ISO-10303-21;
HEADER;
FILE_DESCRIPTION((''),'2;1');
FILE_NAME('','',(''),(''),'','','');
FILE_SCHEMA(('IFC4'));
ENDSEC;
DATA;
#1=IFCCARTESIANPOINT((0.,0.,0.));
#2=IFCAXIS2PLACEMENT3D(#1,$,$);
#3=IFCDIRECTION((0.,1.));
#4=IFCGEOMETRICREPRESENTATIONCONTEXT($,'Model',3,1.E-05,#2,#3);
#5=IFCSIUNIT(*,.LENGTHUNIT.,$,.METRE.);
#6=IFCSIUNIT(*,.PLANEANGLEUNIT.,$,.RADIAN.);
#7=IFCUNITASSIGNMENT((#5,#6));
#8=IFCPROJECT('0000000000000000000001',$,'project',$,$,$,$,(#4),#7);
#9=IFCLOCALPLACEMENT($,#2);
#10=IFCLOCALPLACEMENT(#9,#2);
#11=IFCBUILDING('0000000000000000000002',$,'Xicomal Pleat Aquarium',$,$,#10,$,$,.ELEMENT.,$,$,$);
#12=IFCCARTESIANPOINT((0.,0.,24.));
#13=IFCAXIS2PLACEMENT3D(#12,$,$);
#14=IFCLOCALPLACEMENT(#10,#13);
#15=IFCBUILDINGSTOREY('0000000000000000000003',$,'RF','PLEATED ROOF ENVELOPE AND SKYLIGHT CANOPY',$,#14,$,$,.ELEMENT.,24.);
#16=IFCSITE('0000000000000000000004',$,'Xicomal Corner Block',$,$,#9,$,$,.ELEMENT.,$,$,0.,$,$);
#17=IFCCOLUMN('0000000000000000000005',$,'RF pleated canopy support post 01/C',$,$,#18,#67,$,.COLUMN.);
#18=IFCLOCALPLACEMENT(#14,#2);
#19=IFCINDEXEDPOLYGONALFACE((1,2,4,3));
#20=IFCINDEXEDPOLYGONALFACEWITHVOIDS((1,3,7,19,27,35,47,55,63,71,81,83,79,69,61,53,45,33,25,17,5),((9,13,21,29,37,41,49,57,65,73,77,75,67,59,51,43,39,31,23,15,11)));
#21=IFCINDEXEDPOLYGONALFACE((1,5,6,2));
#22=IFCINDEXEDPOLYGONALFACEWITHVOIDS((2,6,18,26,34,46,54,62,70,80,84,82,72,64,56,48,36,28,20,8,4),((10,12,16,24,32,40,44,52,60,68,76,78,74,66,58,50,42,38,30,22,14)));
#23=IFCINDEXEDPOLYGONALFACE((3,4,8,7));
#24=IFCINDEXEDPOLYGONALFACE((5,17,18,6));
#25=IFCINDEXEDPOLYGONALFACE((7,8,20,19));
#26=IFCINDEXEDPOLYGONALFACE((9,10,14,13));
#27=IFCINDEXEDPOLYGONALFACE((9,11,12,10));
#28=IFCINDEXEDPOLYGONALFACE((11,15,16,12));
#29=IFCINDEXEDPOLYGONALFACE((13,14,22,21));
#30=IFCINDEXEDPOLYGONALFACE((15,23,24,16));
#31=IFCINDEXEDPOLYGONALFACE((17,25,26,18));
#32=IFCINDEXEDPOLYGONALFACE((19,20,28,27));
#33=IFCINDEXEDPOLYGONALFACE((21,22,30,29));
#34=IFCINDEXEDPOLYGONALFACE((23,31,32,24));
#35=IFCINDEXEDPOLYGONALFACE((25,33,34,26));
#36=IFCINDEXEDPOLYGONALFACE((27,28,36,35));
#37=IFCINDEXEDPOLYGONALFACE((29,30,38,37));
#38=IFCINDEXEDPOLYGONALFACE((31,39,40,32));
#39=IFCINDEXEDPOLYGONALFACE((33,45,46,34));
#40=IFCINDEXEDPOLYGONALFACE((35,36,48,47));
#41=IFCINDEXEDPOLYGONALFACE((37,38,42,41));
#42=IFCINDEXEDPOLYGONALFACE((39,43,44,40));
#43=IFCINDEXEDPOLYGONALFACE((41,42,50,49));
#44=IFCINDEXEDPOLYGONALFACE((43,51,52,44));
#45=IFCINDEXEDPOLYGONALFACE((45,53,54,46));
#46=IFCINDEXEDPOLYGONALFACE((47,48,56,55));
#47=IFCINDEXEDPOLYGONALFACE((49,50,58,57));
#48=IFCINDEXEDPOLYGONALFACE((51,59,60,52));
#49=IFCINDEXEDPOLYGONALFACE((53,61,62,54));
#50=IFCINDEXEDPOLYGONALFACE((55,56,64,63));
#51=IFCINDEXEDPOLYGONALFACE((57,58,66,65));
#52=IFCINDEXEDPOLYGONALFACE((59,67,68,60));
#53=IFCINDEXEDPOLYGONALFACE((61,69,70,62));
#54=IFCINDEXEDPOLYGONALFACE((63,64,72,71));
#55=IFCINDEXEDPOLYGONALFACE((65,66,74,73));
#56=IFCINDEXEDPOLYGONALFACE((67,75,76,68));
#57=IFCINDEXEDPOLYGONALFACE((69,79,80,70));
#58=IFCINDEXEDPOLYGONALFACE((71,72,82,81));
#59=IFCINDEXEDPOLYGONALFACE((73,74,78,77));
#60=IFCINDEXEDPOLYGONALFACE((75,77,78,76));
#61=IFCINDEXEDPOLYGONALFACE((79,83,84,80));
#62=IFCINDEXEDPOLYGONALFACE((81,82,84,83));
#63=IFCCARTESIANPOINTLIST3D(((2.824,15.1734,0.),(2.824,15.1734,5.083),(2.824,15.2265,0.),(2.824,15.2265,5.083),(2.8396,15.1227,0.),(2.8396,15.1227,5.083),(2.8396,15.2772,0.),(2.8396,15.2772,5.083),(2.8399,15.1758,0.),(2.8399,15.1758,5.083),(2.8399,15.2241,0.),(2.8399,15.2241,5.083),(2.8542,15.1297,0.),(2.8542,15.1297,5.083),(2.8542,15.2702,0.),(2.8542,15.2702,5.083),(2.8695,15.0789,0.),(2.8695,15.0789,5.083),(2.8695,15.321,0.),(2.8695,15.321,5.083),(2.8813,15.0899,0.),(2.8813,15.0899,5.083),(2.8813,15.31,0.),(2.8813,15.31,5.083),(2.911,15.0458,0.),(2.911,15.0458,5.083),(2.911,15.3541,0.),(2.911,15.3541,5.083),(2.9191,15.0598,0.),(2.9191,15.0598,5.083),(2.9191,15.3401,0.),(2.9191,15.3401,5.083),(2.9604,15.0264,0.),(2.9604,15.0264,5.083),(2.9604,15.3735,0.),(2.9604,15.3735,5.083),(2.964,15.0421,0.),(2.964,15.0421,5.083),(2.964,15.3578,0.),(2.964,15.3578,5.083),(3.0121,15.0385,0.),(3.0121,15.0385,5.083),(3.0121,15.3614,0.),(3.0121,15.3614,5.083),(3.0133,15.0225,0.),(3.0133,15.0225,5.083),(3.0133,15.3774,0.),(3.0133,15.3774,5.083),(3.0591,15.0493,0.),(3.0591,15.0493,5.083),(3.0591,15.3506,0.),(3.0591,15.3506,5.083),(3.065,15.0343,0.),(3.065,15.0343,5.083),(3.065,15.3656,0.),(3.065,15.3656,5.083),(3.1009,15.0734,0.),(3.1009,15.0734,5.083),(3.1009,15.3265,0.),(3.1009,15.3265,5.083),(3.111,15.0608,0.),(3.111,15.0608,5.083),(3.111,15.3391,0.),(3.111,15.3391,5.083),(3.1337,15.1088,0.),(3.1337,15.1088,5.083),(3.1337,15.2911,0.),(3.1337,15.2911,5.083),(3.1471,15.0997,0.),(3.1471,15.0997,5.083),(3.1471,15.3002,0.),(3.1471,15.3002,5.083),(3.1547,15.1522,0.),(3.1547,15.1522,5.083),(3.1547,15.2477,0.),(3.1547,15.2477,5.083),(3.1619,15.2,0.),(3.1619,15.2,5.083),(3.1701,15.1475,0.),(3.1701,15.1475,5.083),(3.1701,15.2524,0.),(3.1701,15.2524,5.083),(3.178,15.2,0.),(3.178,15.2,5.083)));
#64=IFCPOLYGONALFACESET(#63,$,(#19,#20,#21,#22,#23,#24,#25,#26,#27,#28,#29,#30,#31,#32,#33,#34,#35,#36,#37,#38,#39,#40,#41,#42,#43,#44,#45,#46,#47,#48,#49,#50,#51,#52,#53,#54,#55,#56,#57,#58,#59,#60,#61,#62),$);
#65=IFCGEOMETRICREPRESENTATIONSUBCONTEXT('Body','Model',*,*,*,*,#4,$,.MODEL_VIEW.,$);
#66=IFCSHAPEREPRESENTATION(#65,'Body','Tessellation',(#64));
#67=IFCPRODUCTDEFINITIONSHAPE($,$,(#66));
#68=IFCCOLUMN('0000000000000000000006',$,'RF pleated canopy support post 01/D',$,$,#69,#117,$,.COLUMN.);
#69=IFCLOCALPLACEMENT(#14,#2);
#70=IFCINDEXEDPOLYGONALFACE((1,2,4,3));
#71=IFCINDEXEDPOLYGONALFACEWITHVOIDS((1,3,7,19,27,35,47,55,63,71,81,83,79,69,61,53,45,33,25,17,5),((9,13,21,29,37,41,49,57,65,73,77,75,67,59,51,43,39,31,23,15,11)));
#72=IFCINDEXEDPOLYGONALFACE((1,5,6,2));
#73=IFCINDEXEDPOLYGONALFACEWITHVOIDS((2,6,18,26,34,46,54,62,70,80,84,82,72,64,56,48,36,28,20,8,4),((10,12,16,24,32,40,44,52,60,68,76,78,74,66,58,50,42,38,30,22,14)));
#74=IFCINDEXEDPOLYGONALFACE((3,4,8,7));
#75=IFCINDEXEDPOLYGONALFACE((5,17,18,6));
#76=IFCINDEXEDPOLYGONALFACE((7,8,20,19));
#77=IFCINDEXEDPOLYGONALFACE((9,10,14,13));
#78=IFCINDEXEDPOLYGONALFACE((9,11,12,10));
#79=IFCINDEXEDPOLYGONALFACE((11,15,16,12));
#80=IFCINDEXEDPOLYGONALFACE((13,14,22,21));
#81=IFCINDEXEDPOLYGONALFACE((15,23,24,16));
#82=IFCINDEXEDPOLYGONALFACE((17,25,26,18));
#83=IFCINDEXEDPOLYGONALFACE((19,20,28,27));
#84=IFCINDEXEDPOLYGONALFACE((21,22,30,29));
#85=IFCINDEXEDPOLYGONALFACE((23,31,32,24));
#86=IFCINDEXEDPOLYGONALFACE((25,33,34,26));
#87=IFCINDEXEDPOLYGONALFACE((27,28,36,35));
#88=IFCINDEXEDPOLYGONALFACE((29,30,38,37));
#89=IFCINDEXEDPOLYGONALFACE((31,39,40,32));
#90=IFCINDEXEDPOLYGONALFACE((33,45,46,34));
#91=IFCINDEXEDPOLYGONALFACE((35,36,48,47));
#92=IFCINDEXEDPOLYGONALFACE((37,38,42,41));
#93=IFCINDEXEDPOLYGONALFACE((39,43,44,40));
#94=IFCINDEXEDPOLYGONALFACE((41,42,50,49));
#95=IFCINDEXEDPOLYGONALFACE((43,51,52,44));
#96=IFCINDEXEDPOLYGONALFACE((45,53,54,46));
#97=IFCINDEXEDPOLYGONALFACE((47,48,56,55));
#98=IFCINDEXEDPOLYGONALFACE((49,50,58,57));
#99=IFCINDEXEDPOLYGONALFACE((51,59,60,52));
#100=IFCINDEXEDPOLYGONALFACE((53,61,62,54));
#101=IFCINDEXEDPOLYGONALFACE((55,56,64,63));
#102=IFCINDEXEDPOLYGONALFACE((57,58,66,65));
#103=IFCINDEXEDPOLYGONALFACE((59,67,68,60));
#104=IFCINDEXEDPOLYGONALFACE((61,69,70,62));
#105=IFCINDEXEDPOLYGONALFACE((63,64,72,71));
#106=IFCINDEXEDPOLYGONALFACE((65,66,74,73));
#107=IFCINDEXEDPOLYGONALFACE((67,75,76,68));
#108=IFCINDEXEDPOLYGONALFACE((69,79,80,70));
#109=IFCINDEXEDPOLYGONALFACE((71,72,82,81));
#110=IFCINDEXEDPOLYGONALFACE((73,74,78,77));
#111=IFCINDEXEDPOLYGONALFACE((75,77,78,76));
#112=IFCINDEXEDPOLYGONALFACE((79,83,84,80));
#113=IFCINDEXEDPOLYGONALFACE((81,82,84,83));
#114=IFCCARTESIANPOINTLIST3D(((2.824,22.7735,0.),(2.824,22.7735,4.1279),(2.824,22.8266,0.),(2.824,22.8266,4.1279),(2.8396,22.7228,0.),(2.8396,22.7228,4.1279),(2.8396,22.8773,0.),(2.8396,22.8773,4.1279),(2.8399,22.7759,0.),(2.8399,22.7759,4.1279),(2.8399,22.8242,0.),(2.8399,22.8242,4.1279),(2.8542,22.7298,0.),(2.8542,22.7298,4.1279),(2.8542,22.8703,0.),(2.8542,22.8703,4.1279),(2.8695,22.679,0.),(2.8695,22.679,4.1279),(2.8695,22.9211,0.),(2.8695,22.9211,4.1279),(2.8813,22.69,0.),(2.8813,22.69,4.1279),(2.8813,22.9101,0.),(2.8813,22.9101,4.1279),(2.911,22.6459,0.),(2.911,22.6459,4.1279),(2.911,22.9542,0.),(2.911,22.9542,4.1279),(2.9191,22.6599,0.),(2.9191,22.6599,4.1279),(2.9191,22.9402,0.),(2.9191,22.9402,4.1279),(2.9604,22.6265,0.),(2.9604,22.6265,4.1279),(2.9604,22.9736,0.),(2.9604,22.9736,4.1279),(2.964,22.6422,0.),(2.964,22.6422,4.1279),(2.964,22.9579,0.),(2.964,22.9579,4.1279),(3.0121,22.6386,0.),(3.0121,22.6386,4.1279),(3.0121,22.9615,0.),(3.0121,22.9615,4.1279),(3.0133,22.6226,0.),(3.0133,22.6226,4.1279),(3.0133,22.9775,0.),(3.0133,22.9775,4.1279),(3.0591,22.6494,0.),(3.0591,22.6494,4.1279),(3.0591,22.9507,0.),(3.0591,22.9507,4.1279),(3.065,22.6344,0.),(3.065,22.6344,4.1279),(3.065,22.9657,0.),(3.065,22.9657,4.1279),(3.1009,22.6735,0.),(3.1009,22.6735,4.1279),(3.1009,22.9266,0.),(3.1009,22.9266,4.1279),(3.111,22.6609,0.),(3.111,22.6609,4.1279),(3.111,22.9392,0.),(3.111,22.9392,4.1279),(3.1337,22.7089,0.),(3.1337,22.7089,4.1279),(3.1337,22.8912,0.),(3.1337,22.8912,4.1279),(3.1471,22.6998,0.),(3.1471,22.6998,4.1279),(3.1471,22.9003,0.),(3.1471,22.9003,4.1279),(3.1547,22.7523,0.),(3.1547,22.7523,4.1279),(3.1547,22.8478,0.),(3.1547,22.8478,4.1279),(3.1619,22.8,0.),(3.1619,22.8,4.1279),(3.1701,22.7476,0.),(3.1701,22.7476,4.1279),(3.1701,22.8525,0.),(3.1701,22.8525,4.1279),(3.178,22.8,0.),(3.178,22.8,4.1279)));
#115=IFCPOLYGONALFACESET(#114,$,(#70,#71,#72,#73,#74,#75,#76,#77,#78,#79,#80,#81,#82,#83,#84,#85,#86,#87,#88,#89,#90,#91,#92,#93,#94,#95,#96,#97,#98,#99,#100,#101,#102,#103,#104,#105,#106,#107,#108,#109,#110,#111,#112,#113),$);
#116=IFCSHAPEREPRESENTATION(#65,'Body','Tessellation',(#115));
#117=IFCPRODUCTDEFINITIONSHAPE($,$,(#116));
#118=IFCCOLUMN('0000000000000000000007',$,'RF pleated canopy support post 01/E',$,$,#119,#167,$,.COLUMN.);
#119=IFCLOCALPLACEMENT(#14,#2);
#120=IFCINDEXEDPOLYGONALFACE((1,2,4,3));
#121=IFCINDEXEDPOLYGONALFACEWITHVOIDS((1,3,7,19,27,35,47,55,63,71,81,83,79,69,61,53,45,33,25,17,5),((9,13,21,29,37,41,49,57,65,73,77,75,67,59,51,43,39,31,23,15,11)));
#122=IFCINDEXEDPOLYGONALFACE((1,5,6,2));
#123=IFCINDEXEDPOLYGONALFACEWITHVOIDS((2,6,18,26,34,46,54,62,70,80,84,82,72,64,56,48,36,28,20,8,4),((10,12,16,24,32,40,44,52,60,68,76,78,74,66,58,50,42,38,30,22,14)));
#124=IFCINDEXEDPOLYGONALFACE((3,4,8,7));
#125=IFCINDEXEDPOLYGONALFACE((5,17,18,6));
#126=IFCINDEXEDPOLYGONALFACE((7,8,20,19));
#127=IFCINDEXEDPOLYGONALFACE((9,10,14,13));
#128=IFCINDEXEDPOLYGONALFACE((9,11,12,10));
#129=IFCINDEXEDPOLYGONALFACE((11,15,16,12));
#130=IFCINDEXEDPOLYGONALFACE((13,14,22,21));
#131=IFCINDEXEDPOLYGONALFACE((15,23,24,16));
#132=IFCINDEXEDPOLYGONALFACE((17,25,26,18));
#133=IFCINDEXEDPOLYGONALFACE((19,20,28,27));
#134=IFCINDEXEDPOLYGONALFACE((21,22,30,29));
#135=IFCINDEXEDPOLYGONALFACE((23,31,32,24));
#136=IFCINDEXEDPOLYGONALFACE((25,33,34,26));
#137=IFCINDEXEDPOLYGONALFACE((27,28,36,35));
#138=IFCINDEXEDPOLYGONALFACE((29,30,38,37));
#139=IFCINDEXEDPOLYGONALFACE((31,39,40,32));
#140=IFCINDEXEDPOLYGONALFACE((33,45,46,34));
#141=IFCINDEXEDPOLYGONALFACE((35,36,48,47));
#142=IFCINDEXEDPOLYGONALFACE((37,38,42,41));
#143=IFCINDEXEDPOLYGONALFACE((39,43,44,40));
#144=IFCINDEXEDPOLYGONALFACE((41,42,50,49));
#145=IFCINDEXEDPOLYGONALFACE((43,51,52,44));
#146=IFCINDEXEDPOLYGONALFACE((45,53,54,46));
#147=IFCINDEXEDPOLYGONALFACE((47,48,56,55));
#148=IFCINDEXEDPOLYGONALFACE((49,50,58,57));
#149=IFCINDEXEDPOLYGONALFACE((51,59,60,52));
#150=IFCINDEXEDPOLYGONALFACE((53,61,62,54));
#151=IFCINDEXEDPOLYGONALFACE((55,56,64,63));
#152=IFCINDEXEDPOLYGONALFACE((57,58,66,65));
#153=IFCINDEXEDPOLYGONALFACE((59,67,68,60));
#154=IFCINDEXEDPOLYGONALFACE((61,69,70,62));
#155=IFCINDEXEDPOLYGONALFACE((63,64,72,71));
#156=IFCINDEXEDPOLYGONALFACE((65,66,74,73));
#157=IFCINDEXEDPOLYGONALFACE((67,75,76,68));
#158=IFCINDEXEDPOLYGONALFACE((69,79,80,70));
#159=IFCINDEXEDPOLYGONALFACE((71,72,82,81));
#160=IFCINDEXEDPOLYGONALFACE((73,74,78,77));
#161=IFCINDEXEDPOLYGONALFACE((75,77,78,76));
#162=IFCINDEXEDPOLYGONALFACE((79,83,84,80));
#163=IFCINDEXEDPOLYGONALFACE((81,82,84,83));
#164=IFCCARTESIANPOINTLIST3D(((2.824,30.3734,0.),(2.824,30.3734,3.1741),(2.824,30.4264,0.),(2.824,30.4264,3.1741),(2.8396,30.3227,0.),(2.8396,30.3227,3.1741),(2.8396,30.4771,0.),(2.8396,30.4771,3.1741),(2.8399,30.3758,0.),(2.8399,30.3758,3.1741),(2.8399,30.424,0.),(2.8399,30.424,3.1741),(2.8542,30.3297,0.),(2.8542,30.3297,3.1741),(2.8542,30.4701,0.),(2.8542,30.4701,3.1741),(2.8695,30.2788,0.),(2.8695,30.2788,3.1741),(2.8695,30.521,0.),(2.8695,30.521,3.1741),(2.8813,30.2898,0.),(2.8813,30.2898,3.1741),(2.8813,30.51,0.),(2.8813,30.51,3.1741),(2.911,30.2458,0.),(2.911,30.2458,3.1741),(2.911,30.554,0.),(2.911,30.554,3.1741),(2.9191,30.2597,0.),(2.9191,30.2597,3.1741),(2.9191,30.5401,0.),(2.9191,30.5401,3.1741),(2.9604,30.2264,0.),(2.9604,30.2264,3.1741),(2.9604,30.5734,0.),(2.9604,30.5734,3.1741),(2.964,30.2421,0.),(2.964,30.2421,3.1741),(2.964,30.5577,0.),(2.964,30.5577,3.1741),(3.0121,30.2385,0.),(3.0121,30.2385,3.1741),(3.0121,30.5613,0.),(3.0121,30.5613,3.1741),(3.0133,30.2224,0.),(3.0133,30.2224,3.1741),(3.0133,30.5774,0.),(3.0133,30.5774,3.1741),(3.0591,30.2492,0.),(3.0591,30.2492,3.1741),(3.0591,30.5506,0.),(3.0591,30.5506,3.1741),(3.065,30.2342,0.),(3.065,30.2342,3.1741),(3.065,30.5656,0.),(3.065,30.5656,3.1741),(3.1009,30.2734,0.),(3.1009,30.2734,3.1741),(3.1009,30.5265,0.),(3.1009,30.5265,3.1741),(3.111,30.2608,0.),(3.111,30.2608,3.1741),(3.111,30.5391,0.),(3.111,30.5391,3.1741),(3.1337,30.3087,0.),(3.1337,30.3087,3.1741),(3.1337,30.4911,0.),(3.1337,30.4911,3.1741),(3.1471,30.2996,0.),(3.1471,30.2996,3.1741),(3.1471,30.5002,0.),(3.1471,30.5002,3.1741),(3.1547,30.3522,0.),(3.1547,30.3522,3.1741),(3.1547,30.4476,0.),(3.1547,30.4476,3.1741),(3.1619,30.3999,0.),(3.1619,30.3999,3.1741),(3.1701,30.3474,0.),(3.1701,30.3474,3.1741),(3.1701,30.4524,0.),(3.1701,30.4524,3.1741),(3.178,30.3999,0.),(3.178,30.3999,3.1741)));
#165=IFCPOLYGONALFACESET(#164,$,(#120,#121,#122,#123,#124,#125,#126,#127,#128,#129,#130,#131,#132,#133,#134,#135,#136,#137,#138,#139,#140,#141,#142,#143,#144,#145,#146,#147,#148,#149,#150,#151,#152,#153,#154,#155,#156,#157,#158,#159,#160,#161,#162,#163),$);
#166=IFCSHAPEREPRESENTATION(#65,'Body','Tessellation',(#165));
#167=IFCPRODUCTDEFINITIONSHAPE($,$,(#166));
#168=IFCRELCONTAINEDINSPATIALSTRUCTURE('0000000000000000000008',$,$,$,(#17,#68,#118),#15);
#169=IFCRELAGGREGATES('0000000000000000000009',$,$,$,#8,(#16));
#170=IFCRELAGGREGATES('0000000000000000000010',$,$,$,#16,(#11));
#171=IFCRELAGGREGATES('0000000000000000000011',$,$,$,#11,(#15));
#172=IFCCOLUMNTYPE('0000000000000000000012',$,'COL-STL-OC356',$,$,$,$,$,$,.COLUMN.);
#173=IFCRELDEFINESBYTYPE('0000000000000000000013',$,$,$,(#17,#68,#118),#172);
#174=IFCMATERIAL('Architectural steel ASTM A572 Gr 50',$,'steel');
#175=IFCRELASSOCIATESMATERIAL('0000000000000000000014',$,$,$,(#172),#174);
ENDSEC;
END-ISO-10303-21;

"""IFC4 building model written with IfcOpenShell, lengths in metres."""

from ifc_helpers import new_model, si_unit, direction, frame, origin, origin_2d, place, context, subcontext, project, spatial, hollow_circle, extrude, material, material_profile, profile_set, type_object, element, save


model = new_model("IFC4")

# Units and contexts
model_context = context("Model", 3, precision=1e-05, world=origin(), true_north=direction((0.0, 1.0)))
body_context = subcontext(model_context, "Body", "Model", "MODEL_VIEW")
ifc_project = project(units=[si_unit("LENGTHUNIT", "METRE"), si_unit("PLANEANGLEUNIT", "RADIAN")], contexts=[model_context])

# Site, building, storey
site_placement = place(None, origin())
site = spatial("IfcSite", under=ifc_project, at=site_placement, Name="Xicomal Corner Block", CompositionType="ELEMENT", RefElevation=0.0)
building_placement = place(site_placement, origin())
building = spatial("IfcBuilding", under=site, at=building_placement, Name="Xicomal Pleat Aquarium", CompositionType="ELEMENT")
storey_placement = place(building_placement, frame((0.0, 0.0, 24.0)))
storey = spatial("IfcBuildingStorey", under=building, at=storey_placement, Name="RF", Description="PLEATED ROOF ENVELOPE AND SKYLIGHT CANOPY", CompositionType="ELEMENT", Elevation=24.0)

# Columns
ifc_material_1 = material(Name="Architectural steel ASTM A572 Gr 50", Category="steel")
ifc_material_profile_1 = material_profile(ifc_material_1, hollow_circle(Radius=0.178, WallThickness=0.0161, at=origin_2d()), Name="OC 356x16")
ifc_profile_set_1 = profile_set([ifc_material_profile_1], Name="Architectural steel ASTM A572 Gr 50")
column_type = type_object("IfcColumnType", Name="COL-STL-OC356", PredefinedType="COLUMN", material=ifc_profile_set_1)
column_1_placement = place(storey_placement, frame((3.0, 15.2, 0.0), z_axis=(0.0, 0.0, 1.0), x_axis=(1.0, 0.0, 0.0)))
element("IfcColumn", 1, at=column_1_placement, inside=storey, type_object=column_type, Name="RF pleated canopy support post 01/C", PredefinedType="COLUMN", context=body_context, shape_type="SweptSolid", body=[
    extrude(hollow_circle(Radius=0.178, WallThickness=0.0161, at=origin_2d()), origin(), (0.0, 0.0, 1.0), 5.083),
])
column_2_placement = place(storey_placement, frame((3.0, 22.8, 0.0), z_axis=(0.0, 0.0, 1.0), x_axis=(1.0, 0.0, 0.0)))
element("IfcColumn", 2, at=column_2_placement, inside=storey, type_object=column_type, Name="RF pleated canopy support post 01/D", PredefinedType="COLUMN", context=body_context, shape_type="SweptSolid", body=[
    extrude(hollow_circle(Radius=0.178, WallThickness=0.0161, at=origin_2d()), origin(), (0.0, 0.0, 1.0), 4.1279),
])
column_3_placement = place(storey_placement, frame((3.0, 30.3999, 0.0), z_axis=(0.0, 0.0, 1.0), x_axis=(1.0, 0.0, 0.0)))
element("IfcColumn", 3, at=column_3_placement, inside=storey, type_object=column_type, Name="RF pleated canopy support post 01/E", PredefinedType="COLUMN", context=body_context, shape_type="SweptSolid", body=[
    extrude(hollow_circle(Radius=0.178, WallThickness=0.0161, at=origin_2d()), origin(), (0.0, 0.0, 1.0), 3.1741),
])

save(model, "model.ifc")
